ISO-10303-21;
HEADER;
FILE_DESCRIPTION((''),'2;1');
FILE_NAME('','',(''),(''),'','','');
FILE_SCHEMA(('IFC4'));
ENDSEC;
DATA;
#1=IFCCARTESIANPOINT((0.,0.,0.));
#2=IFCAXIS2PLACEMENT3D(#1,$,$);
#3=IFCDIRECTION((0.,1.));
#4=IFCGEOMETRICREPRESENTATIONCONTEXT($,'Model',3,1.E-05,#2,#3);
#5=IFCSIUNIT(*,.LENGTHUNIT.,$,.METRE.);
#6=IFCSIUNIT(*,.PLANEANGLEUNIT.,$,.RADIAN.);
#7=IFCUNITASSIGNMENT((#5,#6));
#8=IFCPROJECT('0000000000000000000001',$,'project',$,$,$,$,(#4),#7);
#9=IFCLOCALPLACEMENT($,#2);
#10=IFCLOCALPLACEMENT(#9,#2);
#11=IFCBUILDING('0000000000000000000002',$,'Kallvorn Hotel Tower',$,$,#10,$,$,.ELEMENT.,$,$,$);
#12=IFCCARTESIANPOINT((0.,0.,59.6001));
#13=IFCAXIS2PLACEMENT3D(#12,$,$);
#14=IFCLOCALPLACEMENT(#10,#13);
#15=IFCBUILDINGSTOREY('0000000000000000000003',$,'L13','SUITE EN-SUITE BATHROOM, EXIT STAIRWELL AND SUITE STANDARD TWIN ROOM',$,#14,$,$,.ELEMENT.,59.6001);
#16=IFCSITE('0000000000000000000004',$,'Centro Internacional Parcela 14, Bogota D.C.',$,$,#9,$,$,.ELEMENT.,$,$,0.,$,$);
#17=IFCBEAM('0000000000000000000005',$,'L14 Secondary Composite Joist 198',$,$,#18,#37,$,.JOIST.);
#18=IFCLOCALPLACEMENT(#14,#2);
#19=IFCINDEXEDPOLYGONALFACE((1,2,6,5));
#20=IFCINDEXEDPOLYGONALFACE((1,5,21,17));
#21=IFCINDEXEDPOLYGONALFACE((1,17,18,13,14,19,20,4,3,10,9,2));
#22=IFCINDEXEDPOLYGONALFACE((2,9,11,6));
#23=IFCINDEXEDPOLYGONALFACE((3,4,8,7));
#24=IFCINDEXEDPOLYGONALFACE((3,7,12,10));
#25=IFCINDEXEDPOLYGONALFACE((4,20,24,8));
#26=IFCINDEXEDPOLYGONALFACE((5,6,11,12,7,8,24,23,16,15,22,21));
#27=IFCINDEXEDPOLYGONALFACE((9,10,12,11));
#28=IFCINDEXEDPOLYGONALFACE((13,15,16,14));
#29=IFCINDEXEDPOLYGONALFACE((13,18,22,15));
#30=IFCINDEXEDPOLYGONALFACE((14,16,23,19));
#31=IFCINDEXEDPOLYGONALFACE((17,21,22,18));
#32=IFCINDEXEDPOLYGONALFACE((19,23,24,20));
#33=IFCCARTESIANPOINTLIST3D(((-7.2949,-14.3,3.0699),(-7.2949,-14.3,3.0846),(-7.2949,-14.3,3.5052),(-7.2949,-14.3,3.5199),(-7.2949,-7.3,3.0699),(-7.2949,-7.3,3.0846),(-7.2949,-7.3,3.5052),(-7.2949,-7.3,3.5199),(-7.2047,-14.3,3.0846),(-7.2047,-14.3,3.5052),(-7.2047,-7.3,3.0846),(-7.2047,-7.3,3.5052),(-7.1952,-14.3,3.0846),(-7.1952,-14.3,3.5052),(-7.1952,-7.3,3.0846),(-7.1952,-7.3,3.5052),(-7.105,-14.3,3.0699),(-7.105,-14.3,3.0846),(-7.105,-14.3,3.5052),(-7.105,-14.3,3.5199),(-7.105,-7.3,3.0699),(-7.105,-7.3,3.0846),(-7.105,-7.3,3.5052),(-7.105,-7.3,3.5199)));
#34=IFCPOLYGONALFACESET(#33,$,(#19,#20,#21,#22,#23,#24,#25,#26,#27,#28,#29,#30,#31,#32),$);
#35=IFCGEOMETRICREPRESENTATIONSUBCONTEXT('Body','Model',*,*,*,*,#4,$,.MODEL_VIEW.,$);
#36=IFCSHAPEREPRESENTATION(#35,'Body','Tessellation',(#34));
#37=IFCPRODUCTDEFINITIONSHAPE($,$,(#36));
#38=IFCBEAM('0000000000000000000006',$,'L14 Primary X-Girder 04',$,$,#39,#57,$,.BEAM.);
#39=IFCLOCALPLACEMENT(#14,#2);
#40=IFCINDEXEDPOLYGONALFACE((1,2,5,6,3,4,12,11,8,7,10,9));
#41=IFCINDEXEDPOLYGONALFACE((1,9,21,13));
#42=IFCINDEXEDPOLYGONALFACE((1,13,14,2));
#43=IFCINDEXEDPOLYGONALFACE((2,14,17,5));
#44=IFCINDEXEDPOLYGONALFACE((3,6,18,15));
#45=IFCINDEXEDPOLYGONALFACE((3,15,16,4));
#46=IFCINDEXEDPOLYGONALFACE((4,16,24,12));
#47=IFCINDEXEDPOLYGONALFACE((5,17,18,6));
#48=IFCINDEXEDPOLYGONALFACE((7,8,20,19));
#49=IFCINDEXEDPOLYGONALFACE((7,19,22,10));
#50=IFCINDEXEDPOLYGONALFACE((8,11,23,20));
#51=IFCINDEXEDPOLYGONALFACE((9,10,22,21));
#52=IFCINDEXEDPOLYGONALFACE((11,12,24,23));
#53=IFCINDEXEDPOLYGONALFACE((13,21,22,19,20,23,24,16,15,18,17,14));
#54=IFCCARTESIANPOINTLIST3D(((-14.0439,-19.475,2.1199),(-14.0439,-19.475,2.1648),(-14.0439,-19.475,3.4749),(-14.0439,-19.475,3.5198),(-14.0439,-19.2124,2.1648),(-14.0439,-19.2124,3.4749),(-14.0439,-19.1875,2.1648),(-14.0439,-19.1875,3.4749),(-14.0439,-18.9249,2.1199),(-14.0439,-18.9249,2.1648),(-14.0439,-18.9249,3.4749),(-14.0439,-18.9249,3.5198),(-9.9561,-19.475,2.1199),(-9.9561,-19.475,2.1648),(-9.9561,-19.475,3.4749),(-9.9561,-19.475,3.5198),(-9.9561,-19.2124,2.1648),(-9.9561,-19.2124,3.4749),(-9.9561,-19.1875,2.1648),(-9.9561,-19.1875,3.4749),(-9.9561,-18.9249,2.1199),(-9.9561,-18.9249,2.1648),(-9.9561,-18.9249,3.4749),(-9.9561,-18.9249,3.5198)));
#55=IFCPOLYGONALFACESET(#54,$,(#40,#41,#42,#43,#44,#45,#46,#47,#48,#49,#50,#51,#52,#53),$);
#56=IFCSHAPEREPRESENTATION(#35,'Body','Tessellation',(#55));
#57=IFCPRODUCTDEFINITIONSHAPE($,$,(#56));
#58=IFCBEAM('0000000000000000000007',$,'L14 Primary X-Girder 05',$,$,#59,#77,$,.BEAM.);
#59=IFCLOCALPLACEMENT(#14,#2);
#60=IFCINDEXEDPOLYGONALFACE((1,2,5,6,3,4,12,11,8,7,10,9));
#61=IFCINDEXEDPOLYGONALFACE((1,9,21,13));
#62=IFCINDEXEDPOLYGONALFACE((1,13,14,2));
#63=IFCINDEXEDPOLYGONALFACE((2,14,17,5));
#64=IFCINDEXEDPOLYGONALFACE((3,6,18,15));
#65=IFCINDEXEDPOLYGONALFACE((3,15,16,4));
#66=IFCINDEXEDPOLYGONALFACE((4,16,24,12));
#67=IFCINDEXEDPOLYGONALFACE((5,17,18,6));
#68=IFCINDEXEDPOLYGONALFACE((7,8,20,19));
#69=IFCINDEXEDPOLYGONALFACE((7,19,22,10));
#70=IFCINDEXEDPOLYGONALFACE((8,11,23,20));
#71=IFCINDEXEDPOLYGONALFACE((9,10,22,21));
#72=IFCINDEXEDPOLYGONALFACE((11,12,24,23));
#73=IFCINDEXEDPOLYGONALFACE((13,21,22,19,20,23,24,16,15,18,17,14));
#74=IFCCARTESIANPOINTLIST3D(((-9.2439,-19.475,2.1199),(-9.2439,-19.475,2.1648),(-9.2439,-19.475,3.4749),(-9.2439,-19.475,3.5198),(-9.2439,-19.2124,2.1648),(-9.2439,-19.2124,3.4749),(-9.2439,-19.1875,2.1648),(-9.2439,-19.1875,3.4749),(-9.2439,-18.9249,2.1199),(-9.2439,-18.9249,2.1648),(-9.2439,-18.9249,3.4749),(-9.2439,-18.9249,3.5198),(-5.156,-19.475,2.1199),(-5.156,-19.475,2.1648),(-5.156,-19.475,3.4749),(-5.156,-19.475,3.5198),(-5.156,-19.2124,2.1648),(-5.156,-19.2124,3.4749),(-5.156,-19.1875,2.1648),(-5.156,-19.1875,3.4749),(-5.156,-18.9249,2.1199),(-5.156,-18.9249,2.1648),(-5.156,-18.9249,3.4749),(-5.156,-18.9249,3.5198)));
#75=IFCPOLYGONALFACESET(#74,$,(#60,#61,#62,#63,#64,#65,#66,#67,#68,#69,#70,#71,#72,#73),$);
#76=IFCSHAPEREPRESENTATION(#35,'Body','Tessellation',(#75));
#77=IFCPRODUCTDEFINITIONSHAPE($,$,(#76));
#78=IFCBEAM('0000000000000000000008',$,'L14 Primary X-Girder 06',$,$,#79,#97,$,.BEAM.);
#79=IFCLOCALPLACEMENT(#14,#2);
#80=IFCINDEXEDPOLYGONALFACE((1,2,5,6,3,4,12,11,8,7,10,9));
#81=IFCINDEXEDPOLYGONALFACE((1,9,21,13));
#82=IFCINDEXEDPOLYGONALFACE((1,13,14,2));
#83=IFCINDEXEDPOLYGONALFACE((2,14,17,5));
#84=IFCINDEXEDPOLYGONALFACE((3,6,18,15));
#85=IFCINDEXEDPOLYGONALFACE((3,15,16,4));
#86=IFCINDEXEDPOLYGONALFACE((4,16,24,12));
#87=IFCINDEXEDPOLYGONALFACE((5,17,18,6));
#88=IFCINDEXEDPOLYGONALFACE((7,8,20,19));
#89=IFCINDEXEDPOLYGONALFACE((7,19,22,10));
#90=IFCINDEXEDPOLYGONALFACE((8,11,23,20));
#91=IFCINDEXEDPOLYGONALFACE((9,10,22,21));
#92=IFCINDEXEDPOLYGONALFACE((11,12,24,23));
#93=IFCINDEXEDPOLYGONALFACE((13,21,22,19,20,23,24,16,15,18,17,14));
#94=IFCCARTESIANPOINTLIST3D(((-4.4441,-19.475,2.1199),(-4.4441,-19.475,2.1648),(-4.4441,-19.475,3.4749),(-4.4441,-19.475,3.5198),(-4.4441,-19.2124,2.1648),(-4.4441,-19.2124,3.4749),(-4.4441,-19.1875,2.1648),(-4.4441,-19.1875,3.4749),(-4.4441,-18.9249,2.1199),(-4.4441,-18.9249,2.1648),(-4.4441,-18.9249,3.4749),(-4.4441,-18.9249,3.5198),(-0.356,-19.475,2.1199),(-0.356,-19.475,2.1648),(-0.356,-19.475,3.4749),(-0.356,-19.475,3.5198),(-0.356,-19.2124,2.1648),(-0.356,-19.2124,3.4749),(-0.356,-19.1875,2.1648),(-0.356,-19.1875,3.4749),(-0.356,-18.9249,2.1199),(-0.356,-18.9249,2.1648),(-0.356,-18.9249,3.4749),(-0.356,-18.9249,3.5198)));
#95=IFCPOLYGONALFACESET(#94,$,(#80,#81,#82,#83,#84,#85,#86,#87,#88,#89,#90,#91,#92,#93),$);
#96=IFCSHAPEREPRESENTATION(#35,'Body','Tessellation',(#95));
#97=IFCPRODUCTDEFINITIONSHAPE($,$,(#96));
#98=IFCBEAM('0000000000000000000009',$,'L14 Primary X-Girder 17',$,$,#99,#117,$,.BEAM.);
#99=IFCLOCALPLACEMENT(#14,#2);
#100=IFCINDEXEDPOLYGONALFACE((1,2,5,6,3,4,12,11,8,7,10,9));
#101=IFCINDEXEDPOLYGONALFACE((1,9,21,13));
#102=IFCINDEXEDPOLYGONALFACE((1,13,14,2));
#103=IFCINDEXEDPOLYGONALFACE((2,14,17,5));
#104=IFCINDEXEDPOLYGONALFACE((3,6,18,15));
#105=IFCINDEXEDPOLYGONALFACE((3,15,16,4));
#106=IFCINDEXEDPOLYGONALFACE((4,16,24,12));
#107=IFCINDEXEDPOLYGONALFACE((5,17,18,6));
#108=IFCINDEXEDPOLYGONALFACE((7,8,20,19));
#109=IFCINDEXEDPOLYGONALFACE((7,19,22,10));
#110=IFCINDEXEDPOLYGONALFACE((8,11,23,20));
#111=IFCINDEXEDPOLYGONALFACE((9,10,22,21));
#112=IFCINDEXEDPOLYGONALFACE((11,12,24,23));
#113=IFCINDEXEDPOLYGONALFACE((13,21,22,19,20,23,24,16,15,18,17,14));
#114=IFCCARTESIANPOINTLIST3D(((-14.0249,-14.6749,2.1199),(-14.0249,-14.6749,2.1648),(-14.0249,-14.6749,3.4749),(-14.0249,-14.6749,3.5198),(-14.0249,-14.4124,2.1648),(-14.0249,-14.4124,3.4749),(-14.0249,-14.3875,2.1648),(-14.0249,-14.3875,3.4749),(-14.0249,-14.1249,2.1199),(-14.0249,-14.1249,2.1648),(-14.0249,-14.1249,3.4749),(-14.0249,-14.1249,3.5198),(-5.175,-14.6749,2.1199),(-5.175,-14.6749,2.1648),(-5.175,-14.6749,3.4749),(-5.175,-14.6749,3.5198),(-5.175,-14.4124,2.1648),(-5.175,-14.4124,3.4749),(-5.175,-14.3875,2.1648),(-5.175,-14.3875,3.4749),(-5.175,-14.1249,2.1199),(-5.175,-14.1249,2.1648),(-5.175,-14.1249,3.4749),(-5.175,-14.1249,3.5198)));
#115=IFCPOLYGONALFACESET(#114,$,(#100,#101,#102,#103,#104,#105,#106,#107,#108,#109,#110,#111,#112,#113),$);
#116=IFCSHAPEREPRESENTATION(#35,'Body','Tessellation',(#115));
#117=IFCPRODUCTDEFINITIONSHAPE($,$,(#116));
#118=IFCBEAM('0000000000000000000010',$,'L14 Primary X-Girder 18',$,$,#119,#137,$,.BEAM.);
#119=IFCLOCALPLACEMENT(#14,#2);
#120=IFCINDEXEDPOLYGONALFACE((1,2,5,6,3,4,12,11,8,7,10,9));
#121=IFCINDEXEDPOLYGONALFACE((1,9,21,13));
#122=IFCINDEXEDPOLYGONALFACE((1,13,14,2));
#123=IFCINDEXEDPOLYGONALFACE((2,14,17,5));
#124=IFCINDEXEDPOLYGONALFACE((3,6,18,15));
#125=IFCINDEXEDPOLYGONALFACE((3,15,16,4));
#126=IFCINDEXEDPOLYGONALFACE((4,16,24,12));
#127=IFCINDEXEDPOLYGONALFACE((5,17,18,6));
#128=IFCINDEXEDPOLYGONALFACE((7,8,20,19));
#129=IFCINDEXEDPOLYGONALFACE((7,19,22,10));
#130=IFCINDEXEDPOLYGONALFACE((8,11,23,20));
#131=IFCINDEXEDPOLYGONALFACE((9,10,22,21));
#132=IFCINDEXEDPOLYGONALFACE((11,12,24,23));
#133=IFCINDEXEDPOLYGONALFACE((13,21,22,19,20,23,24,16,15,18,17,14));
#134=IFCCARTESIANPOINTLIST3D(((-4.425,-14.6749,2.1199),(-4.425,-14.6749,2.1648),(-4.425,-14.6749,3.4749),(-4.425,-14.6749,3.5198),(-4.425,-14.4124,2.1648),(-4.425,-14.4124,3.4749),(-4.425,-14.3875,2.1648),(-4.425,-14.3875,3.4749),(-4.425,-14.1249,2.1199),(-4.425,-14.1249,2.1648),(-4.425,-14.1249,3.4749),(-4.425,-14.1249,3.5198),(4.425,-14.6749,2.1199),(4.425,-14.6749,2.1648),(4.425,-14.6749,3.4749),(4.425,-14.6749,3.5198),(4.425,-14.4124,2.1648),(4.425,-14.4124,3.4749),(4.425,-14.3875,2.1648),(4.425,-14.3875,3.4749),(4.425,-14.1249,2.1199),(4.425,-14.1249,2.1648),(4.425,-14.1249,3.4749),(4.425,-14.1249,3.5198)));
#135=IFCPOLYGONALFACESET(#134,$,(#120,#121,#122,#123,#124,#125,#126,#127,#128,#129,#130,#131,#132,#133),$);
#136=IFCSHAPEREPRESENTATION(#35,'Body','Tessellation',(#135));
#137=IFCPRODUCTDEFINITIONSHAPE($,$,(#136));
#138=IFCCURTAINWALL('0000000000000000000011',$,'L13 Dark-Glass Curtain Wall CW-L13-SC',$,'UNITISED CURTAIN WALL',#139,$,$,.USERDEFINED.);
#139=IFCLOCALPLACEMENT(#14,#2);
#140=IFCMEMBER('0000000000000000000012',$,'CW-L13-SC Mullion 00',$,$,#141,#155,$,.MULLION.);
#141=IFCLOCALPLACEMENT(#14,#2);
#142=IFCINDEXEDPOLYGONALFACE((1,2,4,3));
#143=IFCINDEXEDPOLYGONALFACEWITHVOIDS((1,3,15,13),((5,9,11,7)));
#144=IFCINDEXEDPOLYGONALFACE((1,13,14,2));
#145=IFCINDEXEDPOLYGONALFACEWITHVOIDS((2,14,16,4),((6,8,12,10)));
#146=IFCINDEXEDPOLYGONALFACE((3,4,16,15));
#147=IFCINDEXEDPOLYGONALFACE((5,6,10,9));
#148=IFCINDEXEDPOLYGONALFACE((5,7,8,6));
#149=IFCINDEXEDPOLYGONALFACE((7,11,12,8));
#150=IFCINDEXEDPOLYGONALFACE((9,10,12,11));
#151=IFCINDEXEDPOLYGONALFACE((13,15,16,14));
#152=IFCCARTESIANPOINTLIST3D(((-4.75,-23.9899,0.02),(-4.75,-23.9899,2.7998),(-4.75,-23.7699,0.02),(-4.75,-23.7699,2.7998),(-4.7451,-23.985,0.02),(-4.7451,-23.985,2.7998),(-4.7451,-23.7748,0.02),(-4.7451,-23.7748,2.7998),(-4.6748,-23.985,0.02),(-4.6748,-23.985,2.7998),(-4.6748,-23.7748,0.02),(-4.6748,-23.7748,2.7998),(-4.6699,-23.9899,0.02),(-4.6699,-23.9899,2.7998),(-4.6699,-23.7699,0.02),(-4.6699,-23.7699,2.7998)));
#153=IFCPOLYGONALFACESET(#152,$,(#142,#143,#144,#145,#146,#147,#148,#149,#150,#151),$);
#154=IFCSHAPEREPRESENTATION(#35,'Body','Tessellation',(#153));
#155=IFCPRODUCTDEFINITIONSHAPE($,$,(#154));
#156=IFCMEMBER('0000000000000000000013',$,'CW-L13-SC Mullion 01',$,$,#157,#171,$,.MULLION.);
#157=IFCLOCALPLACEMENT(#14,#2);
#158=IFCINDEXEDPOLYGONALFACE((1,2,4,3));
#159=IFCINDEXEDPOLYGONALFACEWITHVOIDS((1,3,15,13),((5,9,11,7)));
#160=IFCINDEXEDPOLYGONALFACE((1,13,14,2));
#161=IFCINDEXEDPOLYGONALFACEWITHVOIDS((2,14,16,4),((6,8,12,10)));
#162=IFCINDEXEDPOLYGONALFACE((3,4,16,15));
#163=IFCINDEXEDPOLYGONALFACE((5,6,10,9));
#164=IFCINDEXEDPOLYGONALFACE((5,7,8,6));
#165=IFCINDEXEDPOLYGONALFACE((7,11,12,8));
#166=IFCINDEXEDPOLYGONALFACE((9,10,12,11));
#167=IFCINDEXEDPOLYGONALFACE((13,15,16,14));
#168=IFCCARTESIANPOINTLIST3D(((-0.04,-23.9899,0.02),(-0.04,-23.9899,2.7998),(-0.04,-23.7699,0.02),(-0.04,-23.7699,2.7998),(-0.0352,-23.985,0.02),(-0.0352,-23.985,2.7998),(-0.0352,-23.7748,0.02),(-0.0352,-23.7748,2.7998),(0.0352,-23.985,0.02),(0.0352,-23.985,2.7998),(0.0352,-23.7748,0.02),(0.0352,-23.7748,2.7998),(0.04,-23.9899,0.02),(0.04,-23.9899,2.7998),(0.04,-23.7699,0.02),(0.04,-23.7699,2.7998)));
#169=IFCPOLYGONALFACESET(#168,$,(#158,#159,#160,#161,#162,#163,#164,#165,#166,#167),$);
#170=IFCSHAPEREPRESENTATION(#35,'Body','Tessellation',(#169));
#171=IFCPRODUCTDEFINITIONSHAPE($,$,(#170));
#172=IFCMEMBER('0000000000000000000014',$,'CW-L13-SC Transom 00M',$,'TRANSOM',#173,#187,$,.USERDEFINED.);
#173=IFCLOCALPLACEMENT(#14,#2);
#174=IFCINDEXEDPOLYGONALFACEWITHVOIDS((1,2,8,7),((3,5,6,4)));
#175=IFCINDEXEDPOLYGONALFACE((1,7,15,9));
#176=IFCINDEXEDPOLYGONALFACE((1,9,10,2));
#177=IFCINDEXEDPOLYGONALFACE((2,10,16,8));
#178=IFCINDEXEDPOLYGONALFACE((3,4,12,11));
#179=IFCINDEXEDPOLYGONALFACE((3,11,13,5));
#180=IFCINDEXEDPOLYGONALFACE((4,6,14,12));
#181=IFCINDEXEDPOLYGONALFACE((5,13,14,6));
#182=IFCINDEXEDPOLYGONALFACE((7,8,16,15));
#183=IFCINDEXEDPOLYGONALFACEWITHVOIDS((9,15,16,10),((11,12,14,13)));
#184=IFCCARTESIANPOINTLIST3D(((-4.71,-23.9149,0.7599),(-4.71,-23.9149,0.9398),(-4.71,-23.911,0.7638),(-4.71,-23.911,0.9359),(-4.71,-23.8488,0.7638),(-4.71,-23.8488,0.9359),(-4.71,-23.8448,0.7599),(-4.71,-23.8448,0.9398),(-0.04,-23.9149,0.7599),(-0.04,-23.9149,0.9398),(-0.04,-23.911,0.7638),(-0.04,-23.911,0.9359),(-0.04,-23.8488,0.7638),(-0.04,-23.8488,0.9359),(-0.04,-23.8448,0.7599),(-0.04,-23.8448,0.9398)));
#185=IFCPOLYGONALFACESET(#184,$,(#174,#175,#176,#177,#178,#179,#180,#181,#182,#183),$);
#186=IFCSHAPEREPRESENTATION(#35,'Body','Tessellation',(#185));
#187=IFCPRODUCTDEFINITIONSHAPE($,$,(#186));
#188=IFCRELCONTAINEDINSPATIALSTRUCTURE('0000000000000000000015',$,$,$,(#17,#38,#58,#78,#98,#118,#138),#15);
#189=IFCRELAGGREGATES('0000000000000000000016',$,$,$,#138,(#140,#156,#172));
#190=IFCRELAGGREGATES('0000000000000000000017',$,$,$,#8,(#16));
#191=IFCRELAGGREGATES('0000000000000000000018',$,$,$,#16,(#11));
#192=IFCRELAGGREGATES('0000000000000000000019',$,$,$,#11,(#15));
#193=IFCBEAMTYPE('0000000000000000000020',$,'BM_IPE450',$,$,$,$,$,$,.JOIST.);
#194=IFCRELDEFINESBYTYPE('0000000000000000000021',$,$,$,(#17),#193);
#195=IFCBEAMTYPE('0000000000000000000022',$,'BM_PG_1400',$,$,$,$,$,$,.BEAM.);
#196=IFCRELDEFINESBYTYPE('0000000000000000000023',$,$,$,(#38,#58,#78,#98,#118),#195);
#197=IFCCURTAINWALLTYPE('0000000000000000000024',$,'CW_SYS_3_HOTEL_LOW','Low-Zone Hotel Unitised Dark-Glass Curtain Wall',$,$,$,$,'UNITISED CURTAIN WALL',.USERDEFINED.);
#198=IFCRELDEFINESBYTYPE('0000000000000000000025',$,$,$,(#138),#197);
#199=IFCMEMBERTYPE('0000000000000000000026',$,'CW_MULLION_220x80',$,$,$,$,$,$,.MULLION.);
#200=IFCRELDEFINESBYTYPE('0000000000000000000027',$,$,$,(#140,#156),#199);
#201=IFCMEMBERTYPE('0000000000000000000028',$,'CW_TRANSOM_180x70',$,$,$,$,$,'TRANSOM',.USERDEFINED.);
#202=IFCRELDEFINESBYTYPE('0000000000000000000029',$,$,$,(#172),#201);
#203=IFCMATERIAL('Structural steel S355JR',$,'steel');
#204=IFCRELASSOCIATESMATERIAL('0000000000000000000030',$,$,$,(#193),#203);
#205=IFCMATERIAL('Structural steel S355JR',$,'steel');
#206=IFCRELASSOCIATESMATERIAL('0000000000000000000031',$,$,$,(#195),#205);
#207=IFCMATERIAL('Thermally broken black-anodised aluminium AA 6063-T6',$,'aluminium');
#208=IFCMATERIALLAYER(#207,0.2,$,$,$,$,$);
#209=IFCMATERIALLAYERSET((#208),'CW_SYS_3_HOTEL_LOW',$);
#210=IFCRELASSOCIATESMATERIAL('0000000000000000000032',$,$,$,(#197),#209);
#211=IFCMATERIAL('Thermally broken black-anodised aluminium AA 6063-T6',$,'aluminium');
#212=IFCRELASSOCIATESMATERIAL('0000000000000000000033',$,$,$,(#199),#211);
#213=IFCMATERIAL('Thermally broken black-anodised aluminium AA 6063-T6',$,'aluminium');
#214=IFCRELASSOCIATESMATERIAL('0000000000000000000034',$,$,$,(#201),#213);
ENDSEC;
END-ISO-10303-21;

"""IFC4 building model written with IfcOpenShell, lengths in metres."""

from ifc_helpers import new_model, si_unit, direction, frame, origin, origin_2d, place, context, subcontext, project, spatial, hollow_rectangle, i_section, extrude, material, layer, layer_set, material_profile, profile_set, type_object, element, aggregate, save


model = new_model("IFC4")

# Units and contexts
model_context = context("Model", 3, precision=1e-05, world=origin(), true_north=direction((0.0, 1.0)))
body_context = subcontext(model_context, "Body", "Model", "MODEL_VIEW")
ifc_project = project(units=[si_unit("LENGTHUNIT", "METRE"), si_unit("PLANEANGLEUNIT", "RADIAN")], contexts=[model_context])

# Site, building, storey
site_placement = place(None, origin())
site = spatial("IfcSite", under=ifc_project, at=site_placement, Name="Centro Internacional Parcela 14, Bogota D.C.", CompositionType="ELEMENT", RefElevation=0.0)
building_placement = place(site_placement, origin())
building = spatial("IfcBuilding", under=site, at=building_placement, Name="Kallvorn Hotel Tower", CompositionType="ELEMENT")
storey_placement = place(building_placement, frame((0.0, 0.0, 59.6001)))
storey = spatial("IfcBuildingStorey", under=building, at=storey_placement, Name="L13", Description="SUITE EN-SUITE BATHROOM, EXIT STAIRWELL AND SUITE STANDARD TWIN ROOM", CompositionType="ELEMENT", Elevation=59.6001)

# Beams
ifc_material_1 = material(Name="Structural steel S355JR", Category="steel")
ifc_material_profile_1 = material_profile(ifc_material_1, i_section(OverallWidth=0.1899, OverallDepth=0.45, WebThickness=0.0095, FlangeThickness=0.0146, at=origin_2d()), Name="IPE 450")
ifc_profile_set_1 = profile_set([ifc_material_profile_1], Name="Structural steel S355JR")
beam_type_1 = type_object("IfcBeamType", Name="BM_IPE450", PredefinedType="JOIST", material=ifc_profile_set_1)
for number, where, z_axis, x_axis, name in (
    (1, (-7.2, -14.3, 3.2949), (0.0, 1.0, 0.0), (-1.0, 0.0, 0.0), "L14 Secondary Composite Joist 198"),
):
    element("IfcBeam", number, at=place(storey_placement, frame(where, z_axis=z_axis, x_axis=x_axis)), inside=storey, type_object=beam_type_1, Name=name, PredefinedType="JOIST", context=body_context, shape_type="SweptSolid", body=[
        extrude(i_section(OverallWidth=0.1899, OverallDepth=0.45, WebThickness=0.0095, FlangeThickness=0.0146, at=origin_2d()), origin(), (0.0, 0.0, 1.0), 7.0),
    ])
ifc_material_2 = material(Name="Structural steel S355JR", Category="steel")
ifc_material_profile_2 = material_profile(ifc_material_2, i_section(OverallWidth=0.55, OverallDepth=1.3999, WebThickness=0.0249, FlangeThickness=0.0449, at=origin_2d()), Name="PG 1400x550x25x45")
ifc_profile_set_2 = profile_set([ifc_material_profile_2], Name="Structural steel S355JR")
beam_type_2 = type_object("IfcBeamType", Name="BM_PG_1400", PredefinedType="BEAM", material=ifc_profile_set_2)
for number, where, z_axis, x_axis, name in (
    (2, (-14.0439, -19.2, 2.8198), (1.0, 0.0, 0.0), (0.0, 1.0, 0.0), "L14 Primary X-Girder 04"),
    (3, (-9.2439, -19.2, 2.8198), (1.0, 0.0, 0.0), (0.0, 1.0, 0.0), "L14 Primary X-Girder 05"),
):
    element("IfcBeam", number, at=place(storey_placement, frame(where, z_axis=z_axis, x_axis=x_axis)), inside=storey, type_object=beam_type_2, Name=name, PredefinedType="BEAM", context=body_context, shape_type="SweptSolid", body=[
        extrude(i_section(OverallWidth=0.55, OverallDepth=1.3999, WebThickness=0.0249, FlangeThickness=0.0449, at=origin_2d()), origin(), (0.0, 0.0, 1.0), 4.0879),
    ])
beam_1_placement = place(storey_placement, frame((-4.4441, -19.2, 2.8198), z_axis=(1.0, 0.0, 0.0), x_axis=(0.0, 1.0, 0.0)))
element("IfcBeam", 4, at=beam_1_placement, inside=storey, type_object=beam_type_2, Name="L14 Primary X-Girder 06", PredefinedType="BEAM", context=body_context, shape_type="SweptSolid", body=[
    extrude(i_section(OverallWidth=0.55, OverallDepth=1.3999, WebThickness=0.0249, FlangeThickness=0.0449, at=origin_2d()), origin(), (0.0, 0.0, 1.0), 4.0881),
])
beam_2_placement = place(storey_placement, frame((-14.0249, -14.3999, 2.8198), z_axis=(1.0, 0.0, 0.0), x_axis=(0.0, 1.0, 0.0)))
element("IfcBeam", 5, at=beam_2_placement, inside=storey, type_object=beam_type_2, Name="L14 Primary X-Girder 17", PredefinedType="BEAM", context=body_context, shape_type="SweptSolid", body=[
    extrude(i_section(OverallWidth=0.55, OverallDepth=1.3999, WebThickness=0.0249, FlangeThickness=0.0449, at=origin_2d()), origin(), (0.0, 0.0, 1.0), 8.8499),
])
beam_3_placement = place(storey_placement, frame((-4.425, -14.3999, 2.8198), z_axis=(1.0, 0.0, 0.0), x_axis=(0.0, 1.0, 0.0)))
element("IfcBeam", 6, at=beam_3_placement, inside=storey, type_object=beam_type_2, Name="L14 Primary X-Girder 18", PredefinedType="BEAM", context=body_context, shape_type="SweptSolid", body=[
    extrude(i_section(OverallWidth=0.55, OverallDepth=1.3999, WebThickness=0.0249, FlangeThickness=0.0449, at=origin_2d()), origin(), (0.0, 0.0, 1.0), 8.8501),
])

# Curtain wall, members
ifc_material_3 = material(Name="Thermally broken black-anodised aluminium AA 6063-T6", Category="aluminium")
ifc_layer_1 = layer(ifc_material_3, 0.2)
ifc_layer_set_1 = layer_set([ifc_layer_1], Name="CW_SYS_3_HOTEL_LOW")
curtain_wall_type = type_object("IfcCurtainWallType", Name="CW_SYS_3_HOTEL_LOW", Description="Low-Zone Hotel Unitised Dark-Glass Curtain Wall", ElementType="UNITISED CURTAIN WALL", PredefinedType="USERDEFINED", material=ifc_layer_set_1)
curtain_wall_placement = place(storey_placement, origin())
curtain_wall = element("IfcCurtainWall", 7, at=curtain_wall_placement, inside=storey, type_object=curtain_wall_type, Name="L13 Dark-Glass Curtain Wall CW-L13-SC", ObjectType="UNITISED CURTAIN WALL", PredefinedType="USERDEFINED")
ifc_material_4 = material(Name="Thermally broken black-anodised aluminium AA 6063-T6", Category="aluminium")
ifc_material_profile_3 = material_profile(ifc_material_4, hollow_rectangle(XDim=0.0801, YDim=0.22, WallThickness=0.0049, at=origin_2d()), Name="MUL 220x80")
ifc_profile_set_3 = profile_set([ifc_material_profile_3], Name="Thermally broken black-anodised aluminium AA 6063-T6")
member_type_1 = type_object("IfcMemberType", Name="CW_MULLION_220x80", PredefinedType="MULLION", material=ifc_profile_set_3)
member_1_placement = place(storey_placement, frame((-4.71, -23.8799, 0.02), z_axis=(0.0, 0.0, 1.0), x_axis=(1.0, 0.0, 0.0)))
member_1 = element("IfcMember", 8, at=member_1_placement, type_object=member_type_1, Name="CW-L13-SC Mullion 00", PredefinedType="MULLION", context=body_context, shape_type="SweptSolid", body=[
    extrude(hollow_rectangle(XDim=0.0801, YDim=0.22, WallThickness=0.0049, at=origin_2d()), origin(), (0.0, 0.0, 1.0), 2.7798),
])
member_2_placement = place(storey_placement, frame((0.0, -23.8799, 0.02), z_axis=(0.0, 0.0, 1.0), x_axis=(1.0, 0.0, 0.0)))
member_2 = element("IfcMember", 9, at=member_2_placement, type_object=member_type_1, Name="CW-L13-SC Mullion 01", PredefinedType="MULLION", context=body_context, shape_type="SweptSolid", body=[
    extrude(hollow_rectangle(XDim=0.0801, YDim=0.22, WallThickness=0.0049, at=origin_2d()), origin(), (0.0, 0.0, 1.0), 2.7798),
])
ifc_material_5 = material(Name="Thermally broken black-anodised aluminium AA 6063-T6", Category="aluminium")
ifc_material_profile_4 = material_profile(ifc_material_5, hollow_rectangle(XDim=0.0701, YDim=0.1799, WallThickness=0.0039, at=origin_2d()), Name="TRN 180x70")
ifc_profile_set_4 = profile_set([ifc_material_profile_4], Name="Thermally broken black-anodised aluminium AA 6063-T6")
member_type_2 = type_object("IfcMemberType", Name="CW_TRANSOM_180x70", ElementType="TRANSOM", PredefinedType="USERDEFINED", material=ifc_profile_set_4)
member_3_placement = place(storey_placement, frame((-4.71, -23.8799, 0.8499), z_axis=(1.0, 0.0, 0.0), x_axis=(0.0, 1.0, 0.0)))
member_3 = element("IfcMember", 10, at=member_3_placement, type_object=member_type_2, Name="CW-L13-SC Transom 00M", ObjectType="TRANSOM", PredefinedType="USERDEFINED", context=body_context, shape_type="SweptSolid", body=[
    extrude(hollow_rectangle(XDim=0.0701, YDim=0.1799, WallThickness=0.0039, at=origin_2d()), origin(), (0.0, 0.0, 1.0), 4.6699),
])
aggregate(curtain_wall, [member_1, member_2, member_3])

save(model, "model.ifc")
